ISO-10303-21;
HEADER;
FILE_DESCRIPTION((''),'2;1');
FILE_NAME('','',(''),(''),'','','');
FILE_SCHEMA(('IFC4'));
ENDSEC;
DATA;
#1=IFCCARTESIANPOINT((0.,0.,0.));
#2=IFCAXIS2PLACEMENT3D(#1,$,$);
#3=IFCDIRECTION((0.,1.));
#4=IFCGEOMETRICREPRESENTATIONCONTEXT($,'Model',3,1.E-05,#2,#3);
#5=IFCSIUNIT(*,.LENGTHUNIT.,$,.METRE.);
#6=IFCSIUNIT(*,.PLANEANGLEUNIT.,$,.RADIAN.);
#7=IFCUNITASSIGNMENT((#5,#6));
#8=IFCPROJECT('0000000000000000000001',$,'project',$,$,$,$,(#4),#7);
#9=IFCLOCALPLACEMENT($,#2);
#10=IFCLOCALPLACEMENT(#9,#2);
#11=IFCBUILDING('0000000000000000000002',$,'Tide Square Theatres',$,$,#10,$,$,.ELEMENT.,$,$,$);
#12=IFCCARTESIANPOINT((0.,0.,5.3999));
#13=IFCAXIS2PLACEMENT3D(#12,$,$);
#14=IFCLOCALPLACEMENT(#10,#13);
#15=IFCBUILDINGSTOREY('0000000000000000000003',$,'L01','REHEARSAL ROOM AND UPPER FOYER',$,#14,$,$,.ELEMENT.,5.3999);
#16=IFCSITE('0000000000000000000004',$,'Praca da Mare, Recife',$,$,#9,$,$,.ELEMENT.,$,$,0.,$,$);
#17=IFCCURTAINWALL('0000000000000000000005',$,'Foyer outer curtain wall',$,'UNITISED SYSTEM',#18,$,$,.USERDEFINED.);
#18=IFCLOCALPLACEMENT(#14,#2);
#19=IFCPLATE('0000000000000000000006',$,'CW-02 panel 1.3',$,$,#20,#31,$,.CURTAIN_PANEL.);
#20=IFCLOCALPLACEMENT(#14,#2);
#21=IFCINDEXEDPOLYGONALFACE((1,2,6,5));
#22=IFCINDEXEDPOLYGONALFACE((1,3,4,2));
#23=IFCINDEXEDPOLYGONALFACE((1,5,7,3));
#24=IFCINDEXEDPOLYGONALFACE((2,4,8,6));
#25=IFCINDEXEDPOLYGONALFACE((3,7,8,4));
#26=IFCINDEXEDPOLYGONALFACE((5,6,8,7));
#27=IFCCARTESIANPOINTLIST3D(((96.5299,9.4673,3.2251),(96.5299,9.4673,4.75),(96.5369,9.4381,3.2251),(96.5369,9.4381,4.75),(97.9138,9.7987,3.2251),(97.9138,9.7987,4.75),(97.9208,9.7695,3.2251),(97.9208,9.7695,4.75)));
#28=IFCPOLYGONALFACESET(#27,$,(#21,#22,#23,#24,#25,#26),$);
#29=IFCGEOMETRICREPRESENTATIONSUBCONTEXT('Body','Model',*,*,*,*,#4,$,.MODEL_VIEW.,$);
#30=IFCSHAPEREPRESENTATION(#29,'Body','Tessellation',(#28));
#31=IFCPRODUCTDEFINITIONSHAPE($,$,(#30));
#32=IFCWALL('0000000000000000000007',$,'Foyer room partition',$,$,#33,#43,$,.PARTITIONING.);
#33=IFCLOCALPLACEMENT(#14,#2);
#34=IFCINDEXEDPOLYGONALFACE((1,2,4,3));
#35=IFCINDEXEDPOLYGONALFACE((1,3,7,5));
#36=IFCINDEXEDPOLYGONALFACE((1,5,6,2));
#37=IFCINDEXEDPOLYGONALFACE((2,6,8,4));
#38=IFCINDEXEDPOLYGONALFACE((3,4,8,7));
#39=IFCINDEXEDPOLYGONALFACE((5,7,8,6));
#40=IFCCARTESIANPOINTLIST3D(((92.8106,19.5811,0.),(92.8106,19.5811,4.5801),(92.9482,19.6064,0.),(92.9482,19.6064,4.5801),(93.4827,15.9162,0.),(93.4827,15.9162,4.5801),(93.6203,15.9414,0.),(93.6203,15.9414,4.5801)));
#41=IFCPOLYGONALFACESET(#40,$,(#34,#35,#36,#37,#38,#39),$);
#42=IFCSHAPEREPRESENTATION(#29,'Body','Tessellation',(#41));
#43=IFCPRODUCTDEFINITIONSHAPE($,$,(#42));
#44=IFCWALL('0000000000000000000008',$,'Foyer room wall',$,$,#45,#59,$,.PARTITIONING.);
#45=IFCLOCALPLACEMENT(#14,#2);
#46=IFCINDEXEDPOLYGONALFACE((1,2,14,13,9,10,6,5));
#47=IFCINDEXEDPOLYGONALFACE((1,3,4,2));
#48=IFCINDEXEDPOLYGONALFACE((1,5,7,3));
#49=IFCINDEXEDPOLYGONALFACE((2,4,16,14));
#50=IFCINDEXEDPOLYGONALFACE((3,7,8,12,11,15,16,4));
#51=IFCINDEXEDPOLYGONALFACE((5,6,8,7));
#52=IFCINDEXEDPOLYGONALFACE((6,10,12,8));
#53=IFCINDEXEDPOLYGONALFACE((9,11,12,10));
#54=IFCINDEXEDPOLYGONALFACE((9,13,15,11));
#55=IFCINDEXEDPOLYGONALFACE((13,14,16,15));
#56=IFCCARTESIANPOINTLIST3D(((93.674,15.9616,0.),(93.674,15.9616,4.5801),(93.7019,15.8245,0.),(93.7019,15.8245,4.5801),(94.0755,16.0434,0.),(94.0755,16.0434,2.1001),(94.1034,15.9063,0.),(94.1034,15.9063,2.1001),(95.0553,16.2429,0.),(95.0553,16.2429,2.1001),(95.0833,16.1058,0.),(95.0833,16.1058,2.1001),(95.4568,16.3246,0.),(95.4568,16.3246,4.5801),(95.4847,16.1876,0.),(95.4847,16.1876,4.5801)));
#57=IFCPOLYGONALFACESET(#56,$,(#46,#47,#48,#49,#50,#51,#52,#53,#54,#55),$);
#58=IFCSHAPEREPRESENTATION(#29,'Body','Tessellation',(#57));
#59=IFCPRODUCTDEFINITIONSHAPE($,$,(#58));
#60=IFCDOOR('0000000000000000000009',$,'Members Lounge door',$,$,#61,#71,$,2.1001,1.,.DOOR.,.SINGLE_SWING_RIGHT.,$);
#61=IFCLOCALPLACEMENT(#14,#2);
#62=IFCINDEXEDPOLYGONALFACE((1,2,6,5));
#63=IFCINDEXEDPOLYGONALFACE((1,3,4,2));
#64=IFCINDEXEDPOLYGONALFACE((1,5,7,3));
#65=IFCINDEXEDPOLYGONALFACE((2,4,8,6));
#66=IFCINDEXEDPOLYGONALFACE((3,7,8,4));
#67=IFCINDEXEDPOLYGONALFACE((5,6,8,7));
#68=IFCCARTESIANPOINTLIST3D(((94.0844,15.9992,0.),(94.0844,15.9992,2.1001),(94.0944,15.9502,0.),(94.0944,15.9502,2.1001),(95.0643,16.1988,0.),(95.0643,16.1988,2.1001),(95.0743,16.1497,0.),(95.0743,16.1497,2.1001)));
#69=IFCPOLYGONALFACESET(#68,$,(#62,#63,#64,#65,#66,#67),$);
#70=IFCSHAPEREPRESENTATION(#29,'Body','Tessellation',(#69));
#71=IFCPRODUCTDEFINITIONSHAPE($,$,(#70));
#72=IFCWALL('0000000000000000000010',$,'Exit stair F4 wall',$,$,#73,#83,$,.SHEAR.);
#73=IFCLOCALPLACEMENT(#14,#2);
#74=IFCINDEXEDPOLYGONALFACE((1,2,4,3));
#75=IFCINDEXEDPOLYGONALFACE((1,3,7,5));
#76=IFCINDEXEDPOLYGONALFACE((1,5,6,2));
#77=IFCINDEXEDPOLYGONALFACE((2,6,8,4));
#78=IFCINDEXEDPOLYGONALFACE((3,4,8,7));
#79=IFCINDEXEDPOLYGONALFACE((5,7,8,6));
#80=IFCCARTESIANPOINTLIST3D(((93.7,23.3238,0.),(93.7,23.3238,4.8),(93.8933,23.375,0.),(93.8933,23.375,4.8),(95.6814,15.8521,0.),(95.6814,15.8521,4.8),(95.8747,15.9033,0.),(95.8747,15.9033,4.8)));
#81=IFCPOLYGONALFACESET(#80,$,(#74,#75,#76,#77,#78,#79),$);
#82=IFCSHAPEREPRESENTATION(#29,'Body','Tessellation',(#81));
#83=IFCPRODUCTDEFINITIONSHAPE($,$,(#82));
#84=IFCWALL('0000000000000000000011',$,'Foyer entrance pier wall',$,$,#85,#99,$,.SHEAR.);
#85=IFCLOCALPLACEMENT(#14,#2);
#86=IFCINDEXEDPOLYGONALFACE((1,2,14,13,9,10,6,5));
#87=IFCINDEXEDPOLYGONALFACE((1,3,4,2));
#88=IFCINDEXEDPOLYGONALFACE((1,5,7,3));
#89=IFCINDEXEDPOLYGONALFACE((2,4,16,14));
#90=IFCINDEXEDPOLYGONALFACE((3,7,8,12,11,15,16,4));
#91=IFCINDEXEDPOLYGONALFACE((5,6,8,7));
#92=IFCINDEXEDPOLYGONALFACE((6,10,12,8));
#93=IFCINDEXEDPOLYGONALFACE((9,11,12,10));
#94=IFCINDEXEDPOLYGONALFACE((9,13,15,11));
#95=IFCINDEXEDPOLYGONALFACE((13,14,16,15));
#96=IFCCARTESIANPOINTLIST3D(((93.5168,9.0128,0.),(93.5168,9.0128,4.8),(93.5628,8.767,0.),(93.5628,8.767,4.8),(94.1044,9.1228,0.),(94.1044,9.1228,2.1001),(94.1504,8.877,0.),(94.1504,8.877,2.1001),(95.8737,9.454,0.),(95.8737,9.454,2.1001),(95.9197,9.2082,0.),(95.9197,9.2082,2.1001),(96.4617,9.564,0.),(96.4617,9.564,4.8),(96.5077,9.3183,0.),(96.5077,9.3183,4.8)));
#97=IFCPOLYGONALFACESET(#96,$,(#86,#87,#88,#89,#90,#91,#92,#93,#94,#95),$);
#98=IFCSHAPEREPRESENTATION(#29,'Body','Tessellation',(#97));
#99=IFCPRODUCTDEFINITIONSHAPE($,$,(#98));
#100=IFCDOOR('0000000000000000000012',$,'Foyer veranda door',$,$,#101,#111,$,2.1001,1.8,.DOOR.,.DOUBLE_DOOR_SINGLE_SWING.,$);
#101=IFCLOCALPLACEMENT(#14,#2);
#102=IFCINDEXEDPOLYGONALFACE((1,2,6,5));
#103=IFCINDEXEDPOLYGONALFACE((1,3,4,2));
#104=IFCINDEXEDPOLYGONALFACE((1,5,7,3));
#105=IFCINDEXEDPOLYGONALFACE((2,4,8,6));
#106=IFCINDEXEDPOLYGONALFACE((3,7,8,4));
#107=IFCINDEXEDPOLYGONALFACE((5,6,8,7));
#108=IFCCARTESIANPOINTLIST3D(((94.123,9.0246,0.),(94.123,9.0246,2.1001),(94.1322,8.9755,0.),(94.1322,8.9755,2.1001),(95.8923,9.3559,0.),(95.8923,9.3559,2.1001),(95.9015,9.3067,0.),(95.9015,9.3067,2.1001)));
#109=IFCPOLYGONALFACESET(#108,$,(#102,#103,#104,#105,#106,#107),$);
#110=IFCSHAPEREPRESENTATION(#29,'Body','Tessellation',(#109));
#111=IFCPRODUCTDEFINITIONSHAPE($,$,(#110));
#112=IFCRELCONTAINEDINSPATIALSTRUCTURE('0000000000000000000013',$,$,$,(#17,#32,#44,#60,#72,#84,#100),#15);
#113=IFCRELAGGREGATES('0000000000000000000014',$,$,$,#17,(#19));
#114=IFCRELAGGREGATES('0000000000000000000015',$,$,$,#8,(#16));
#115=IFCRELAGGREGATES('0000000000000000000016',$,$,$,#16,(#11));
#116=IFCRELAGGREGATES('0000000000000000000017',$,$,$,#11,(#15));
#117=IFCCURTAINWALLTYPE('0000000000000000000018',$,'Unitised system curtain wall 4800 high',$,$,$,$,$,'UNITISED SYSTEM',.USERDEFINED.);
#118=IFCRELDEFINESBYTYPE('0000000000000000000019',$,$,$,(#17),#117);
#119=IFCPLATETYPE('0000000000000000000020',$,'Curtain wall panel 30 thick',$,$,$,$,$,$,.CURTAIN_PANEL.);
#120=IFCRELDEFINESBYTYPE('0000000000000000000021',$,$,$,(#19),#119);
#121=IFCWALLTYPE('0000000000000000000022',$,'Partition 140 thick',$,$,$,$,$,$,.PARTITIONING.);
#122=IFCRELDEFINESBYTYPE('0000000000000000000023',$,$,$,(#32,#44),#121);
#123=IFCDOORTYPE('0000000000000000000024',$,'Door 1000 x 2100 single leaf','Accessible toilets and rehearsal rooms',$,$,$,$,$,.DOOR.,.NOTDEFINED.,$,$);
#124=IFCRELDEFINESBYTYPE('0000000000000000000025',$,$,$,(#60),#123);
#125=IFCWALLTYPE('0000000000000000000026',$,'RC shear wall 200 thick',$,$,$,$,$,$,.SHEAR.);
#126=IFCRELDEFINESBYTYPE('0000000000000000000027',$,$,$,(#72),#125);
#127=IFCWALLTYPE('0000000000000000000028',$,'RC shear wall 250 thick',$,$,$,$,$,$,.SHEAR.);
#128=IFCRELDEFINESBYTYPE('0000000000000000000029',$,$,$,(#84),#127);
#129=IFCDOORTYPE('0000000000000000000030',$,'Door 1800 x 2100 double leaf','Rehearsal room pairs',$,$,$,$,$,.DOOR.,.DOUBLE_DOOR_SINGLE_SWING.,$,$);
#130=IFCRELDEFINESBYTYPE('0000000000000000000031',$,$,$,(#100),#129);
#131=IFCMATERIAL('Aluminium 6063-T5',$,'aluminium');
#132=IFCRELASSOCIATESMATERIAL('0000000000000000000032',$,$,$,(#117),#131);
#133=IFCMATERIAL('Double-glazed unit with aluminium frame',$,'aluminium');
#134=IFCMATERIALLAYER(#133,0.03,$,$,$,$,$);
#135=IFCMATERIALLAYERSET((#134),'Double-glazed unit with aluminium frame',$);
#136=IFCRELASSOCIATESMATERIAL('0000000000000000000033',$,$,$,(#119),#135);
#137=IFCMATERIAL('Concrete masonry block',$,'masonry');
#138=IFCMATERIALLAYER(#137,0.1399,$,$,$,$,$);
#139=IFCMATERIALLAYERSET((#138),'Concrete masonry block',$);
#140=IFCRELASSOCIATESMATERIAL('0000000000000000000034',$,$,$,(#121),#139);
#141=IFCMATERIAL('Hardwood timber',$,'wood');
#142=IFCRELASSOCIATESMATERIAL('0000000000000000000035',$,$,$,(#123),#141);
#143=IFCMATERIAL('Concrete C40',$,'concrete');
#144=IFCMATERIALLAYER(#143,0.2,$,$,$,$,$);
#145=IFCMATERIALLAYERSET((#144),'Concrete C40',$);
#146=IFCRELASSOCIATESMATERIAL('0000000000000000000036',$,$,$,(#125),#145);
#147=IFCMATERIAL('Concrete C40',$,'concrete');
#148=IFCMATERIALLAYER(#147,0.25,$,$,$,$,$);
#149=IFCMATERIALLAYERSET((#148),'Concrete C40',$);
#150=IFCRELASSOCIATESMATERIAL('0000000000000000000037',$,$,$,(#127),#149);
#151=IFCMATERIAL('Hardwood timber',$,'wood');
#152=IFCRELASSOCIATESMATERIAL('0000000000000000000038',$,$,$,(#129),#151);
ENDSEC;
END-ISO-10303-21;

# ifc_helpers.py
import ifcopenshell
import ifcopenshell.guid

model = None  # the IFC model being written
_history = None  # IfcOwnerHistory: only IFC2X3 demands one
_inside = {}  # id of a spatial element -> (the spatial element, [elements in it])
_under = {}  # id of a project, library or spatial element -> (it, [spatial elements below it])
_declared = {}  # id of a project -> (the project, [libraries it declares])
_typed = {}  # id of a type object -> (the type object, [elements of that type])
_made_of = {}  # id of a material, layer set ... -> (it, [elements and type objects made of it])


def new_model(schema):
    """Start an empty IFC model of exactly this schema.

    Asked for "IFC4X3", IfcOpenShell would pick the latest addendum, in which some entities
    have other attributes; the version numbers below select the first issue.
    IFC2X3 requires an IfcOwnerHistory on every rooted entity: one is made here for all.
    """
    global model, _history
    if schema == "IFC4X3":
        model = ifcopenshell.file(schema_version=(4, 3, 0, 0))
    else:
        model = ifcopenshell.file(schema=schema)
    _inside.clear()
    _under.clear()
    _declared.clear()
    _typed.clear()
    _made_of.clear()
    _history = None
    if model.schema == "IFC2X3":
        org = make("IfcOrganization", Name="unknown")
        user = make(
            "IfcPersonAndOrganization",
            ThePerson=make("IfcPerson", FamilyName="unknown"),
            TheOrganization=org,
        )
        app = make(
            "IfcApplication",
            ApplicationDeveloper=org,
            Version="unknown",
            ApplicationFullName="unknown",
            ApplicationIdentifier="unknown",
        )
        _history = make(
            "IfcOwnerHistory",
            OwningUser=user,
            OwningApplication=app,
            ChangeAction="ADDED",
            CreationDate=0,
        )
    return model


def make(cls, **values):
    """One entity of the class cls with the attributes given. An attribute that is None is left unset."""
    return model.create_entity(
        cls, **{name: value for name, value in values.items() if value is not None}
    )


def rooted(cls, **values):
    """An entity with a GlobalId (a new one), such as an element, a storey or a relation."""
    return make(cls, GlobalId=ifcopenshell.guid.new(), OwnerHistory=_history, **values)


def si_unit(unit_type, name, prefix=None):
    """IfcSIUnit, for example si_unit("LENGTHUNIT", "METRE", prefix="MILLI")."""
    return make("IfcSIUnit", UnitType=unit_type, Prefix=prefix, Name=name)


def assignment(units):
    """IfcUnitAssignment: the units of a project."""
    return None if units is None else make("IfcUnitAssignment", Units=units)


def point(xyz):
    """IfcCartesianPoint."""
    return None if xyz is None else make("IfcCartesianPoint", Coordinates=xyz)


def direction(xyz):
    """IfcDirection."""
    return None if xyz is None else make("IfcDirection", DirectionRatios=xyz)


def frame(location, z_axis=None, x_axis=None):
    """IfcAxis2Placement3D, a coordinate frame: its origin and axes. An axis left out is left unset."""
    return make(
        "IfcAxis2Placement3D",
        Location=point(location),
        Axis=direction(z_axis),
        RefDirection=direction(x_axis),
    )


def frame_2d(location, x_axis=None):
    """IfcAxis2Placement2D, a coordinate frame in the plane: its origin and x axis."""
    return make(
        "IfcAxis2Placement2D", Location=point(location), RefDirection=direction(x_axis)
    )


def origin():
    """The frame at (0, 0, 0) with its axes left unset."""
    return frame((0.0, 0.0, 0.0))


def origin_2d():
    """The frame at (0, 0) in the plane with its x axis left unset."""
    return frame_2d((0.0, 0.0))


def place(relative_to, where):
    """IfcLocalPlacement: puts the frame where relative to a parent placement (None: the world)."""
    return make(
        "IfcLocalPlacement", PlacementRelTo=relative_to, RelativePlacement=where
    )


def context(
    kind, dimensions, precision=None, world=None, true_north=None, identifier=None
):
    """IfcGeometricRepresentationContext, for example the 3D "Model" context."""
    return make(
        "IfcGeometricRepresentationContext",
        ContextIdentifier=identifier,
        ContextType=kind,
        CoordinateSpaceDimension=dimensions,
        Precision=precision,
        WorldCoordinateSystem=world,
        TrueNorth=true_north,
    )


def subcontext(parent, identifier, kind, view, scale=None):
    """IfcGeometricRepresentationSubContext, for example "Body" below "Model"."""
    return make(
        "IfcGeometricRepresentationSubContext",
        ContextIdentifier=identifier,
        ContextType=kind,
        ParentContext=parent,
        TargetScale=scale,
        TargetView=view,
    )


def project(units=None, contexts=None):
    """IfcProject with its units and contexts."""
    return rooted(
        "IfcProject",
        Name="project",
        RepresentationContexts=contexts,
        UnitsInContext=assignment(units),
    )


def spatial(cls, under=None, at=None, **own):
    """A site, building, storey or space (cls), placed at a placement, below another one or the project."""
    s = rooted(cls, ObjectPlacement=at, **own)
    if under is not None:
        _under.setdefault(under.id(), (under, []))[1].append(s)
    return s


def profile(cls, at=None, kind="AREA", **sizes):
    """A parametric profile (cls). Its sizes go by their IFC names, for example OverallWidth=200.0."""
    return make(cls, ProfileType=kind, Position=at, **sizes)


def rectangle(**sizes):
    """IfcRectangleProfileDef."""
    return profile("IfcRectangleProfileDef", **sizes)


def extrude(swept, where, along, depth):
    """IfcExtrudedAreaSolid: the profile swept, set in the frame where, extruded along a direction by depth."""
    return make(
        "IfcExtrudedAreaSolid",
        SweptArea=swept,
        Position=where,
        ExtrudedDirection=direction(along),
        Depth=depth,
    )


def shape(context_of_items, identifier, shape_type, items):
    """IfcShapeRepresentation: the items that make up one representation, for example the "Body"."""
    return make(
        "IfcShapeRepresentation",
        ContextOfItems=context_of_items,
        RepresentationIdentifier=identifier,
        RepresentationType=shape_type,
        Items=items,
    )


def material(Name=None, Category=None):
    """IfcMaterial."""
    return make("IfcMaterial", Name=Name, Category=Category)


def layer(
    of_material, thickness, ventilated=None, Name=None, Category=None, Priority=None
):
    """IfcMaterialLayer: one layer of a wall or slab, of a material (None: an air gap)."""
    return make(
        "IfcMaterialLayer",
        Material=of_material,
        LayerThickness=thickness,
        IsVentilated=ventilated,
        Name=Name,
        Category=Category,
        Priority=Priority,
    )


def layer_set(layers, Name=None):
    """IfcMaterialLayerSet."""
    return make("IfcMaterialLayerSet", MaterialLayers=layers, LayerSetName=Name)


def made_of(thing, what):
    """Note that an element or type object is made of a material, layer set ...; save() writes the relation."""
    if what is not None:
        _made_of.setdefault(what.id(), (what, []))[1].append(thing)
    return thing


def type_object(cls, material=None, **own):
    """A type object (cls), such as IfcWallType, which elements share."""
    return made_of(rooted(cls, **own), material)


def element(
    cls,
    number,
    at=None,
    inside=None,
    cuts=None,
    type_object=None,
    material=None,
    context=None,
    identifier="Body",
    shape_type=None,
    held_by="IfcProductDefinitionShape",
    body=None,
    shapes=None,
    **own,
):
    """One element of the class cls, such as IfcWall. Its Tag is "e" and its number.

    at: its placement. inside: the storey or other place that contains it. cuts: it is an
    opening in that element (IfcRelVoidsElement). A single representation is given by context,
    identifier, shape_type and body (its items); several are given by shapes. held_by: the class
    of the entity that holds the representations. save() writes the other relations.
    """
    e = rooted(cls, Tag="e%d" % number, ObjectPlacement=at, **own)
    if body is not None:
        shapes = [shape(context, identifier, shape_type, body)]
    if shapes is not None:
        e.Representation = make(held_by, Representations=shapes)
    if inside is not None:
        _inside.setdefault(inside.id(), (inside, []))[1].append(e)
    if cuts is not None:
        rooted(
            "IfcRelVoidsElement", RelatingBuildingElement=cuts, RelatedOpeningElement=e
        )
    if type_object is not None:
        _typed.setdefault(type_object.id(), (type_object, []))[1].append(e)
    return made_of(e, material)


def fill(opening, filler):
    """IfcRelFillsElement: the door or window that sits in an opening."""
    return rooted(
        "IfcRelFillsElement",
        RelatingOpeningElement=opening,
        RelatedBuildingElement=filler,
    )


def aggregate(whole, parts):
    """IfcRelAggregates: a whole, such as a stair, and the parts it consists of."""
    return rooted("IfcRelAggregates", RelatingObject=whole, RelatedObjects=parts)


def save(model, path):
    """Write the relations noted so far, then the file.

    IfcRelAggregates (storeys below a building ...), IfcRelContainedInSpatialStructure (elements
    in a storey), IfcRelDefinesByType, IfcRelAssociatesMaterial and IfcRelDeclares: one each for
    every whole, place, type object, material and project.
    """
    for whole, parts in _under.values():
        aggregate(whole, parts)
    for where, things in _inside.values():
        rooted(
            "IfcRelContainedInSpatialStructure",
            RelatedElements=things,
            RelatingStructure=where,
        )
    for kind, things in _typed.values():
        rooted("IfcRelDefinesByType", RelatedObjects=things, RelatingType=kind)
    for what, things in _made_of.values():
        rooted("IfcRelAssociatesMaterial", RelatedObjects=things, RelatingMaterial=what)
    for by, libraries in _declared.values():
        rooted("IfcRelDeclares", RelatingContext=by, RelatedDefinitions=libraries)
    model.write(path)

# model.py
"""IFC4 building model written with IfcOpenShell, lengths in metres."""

from ifc_helpers import new_model, si_unit, direction, frame, frame_2d, origin, origin_2d, place, context, subcontext, project, spatial, rectangle, extrude, material, layer, layer_set, type_object, element, fill, aggregate, save


model = new_model("IFC4")

# Units and contexts
model_context = context("Model", 3, precision=1e-05, world=origin(), true_north=direction((0.0, 1.0)))
body_context = subcontext(model_context, "Body", "Model", "MODEL_VIEW")
ifc_project = project(units=[si_unit("LENGTHUNIT", "METRE"), si_unit("PLANEANGLEUNIT", "RADIAN")], contexts=[model_context])

# Site, building, storey
site_placement = place(None, origin())
site = spatial("IfcSite", under=ifc_project, at=site_placement, Name="Praca da Mare, Recife", CompositionType="ELEMENT", RefElevation=0.0)
building_placement = place(site_placement, origin())
building = spatial("IfcBuilding", under=site, at=building_placement, Name="Tide Square Theatres", CompositionType="ELEMENT")
storey_placement = place(building_placement, frame((0.0, 0.0, 5.3999)))
storey = spatial("IfcBuildingStorey", under=building, at=storey_placement, Name="L01", Description="REHEARSAL ROOM AND UPPER FOYER", CompositionType="ELEMENT", Elevation=5.3999)

# Shared definitions
ifc_material_1 = material(Name="Aluminium 6063-T5", Category="aluminium")
curtain_wall_type = type_object("IfcCurtainWallType", Name="Unitised system curtain wall 4800 high", ElementType="UNITISED SYSTEM", PredefinedType="USERDEFINED", material=ifc_material_1)

# Curtain wall
curtain_wall_1_placement = place(storey_placement, origin())
curtain_wall_1 = element("IfcCurtainWall", 1, at=curtain_wall_1_placement, inside=storey, type_object=curtain_wall_type, Name="Foyer outer curtain wall", ObjectType="UNITISED SYSTEM", PredefinedType="USERDEFINED")

# Plate
ifc_material_2 = material(Name="Double-glazed unit with aluminium frame", Category="aluminium")
ifc_layer_1 = layer(ifc_material_2, 0.03)
ifc_layer_set_1 = layer_set([ifc_layer_1], Name="Double-glazed unit with aluminium frame")
plate_type = type_object("IfcPlateType", Name="Curtain wall panel 30 thick", PredefinedType="CURTAIN_PANEL", material=ifc_layer_set_1)
plate_1_placement = place(storey_placement, frame((97.2253, 9.6184, 3.2251), z_axis=(0.0, 0.0, 1.0), x_axis=(0.972498, 0.232911, 0.0)))
plate_1 = element("IfcPlate", 2, at=plate_1_placement, type_object=plate_type, Name="CW-02 panel 1.3", PredefinedType="CURTAIN_PANEL", context=body_context, shape_type="SweptSolid", body=[
    extrude(rectangle(XDim=1.4231, YDim=0.03, at=origin_2d()), origin(), (0.0, 0.0, 1.0), 1.5249),
])
aggregate(curtain_wall_1, [plate_1])

# Wall
ifc_material_3 = material(Name="Concrete masonry block", Category="masonry")
ifc_layer_2 = layer(ifc_material_3, 0.1399)
ifc_layer_set_2 = layer_set([ifc_layer_2], Name="Concrete masonry block")
wall_type_1 = type_object("IfcWallType", Name="Partition 140 thick", PredefinedType="PARTITIONING", material=ifc_layer_set_2)
wall_1_placement = place(storey_placement, frame((92.8794, 19.5938, 0.0), z_axis=(0.0, 0.0, 1.0), x_axis=(0.180379, -0.983597, 0.0)))
element("IfcWall", 3, at=wall_1_placement, inside=storey, type_object=wall_type_1, Name="Foyer room partition", PredefinedType="PARTITIONING", context=body_context, shape_type="SweptSolid", body=[
    extrude(rectangle(XDim=3.7261, YDim=0.1399, at=frame_2d((1.863, 0.0))), origin(), (0.0, 0.0, 1.0), 4.5801),
])

# Wall, opening, door
wall_2_placement = place(storey_placement, frame((93.688, 15.8931, 0.0), z_axis=(0.0, 0.0, 1.0), x_axis=(0.979888, 0.199547, 0.0)))
wall_2 = element("IfcWall", 4, at=wall_2_placement, inside=storey, type_object=wall_type_1, Name="Foyer room wall", PredefinedType="PARTITIONING", context=body_context, shape_type="SweptSolid", body=[
    extrude(rectangle(XDim=1.8193, YDim=0.1399, at=frame_2d((0.9097, 0.0))), origin(), (0.0, 0.0, 1.0), 4.5801),
])
opening_1_placement = place(wall_2_placement, frame((0.4097, 0.0, 0.0)))
opening_1 = element("IfcOpeningElement", 5, at=opening_1_placement, cuts=wall_2, PredefinedType="OPENING", context=body_context, shape_type="SweptSolid", body=[
    extrude(rectangle(XDim=1.0, YDim=2.1001, at=frame_2d((0.5, 1.05))), frame((0.0, 0.0798, 0.0), z_axis=(0.0, -1.0, 0.0), x_axis=(1.0, 0.0, 0.0)), (0.0, 0.0, 1.0), 0.1599),
])
ifc_material_4 = material(Name="Hardwood timber", Category="wood")
door_type_1 = type_object("IfcDoorType", Name="Door 1000 x 2100 single leaf", Description="Accessible toilets and rehearsal rooms", OperationType="NOTDEFINED", PredefinedType="DOOR", material=ifc_material_4)
door_1_placement = place(opening_1_placement, origin())
door_1 = element("IfcDoor", 6, at=door_1_placement, inside=storey, type_object=door_type_1, Name="Members Lounge door", OperationType="SINGLE_SWING_RIGHT", OverallHeight=2.1001, OverallWidth=1.0, PredefinedType="DOOR", context=body_context, shape_type="SweptSolid", body=[
    extrude(rectangle(XDim=1.0, YDim=2.1001, at=frame_2d((0.5, 1.05))), frame((0.0, 0.0249, 0.0), z_axis=(0.0, -1.0, 0.0), x_axis=(1.0, 0.0, 0.0)), (0.0, 0.0, 1.0), 0.05),
])
fill(opening_1, door_1)

# Wall
ifc_material_5 = material(Name="Concrete C40", Category="concrete")
ifc_layer_3 = layer(ifc_material_5, 0.2)
ifc_layer_set_3 = layer_set([ifc_layer_3], Name="Concrete C40")
wall_type_2 = type_object("IfcWallType", Name="RC shear wall 200 thick", PredefinedType="SHEAR", material=ifc_layer_set_3)
wall_3_placement = place(storey_placement, frame((95.7781, 15.8777, 0.0), z_axis=(0.0, 0.0, 1.0), x_axis=(-0.256334, 0.966588, 0.0)))
element("IfcWall", 7, at=wall_3_placement, inside=storey, type_object=wall_type_2, Name="Exit stair F4 wall", PredefinedType="SHEAR", context=body_context, shape_type="SweptSolid", body=[
    extrude(rectangle(XDim=7.73, YDim=0.2, at=frame_2d((3.865, 0.0))), origin(), (0.0, 0.0, 1.0), 4.8),
])

# Wall, opening, door
ifc_material_6 = material(Name="Concrete C40", Category="concrete")
ifc_layer_4 = layer(ifc_material_6, 0.25)
ifc_layer_set_4 = layer_set([ifc_layer_4], Name="Concrete C40")
wall_type_3 = type_object("IfcWallType", Name="RC shear wall 250 thick", PredefinedType="SHEAR", material=ifc_layer_set_4)
wall_4_placement = place(storey_placement, frame((93.5398, 8.8899, 0.0), z_axis=(0.0, 0.0, 1.0), x_axis=(0.982926, 0.184003, 0.0)))
wall_4 = element("IfcWall", 8, at=wall_4_placement, inside=storey, type_object=wall_type_3, Name="Foyer entrance pier wall", PredefinedType="SHEAR", context=body_context, shape_type="SweptSolid", body=[
    extrude(rectangle(XDim=2.9961, YDim=0.25, at=frame_2d((1.498, 0.0))), origin(), (0.0, 0.0, 1.0), 4.8),
])
opening_2_placement = place(wall_4_placement, frame((0.5979, 0.0, 0.0)))
opening_2 = element("IfcOpeningElement", 9, at=opening_2_placement, cuts=wall_4, PredefinedType="OPENING", context=body_context, shape_type="SweptSolid", body=[
    extrude(rectangle(XDim=1.8, YDim=2.1001, at=frame_2d((0.8999, 1.05))), frame((0.0, 0.135, 0.0), z_axis=(0.0, -1.0, 0.0), x_axis=(1.0, 0.0, 0.0)), (0.0, 0.0, 1.0), 0.27),
])
ifc_material_7 = material(Name="Hardwood timber", Category="wood")
door_type_2 = type_object("IfcDoorType", Name="Door 1800 x 2100 double leaf", Description="Rehearsal room pairs", OperationType="DOUBLE_DOOR_SINGLE_SWING", PredefinedType="DOOR", material=ifc_material_7)
door_2_placement = place(opening_2_placement, frame((1.8, 0.0, 0.0), z_axis=(0.0, 0.0, 1.0), x_axis=(-1.0, 0.0, 0.0)))
door_2 = element("IfcDoor", 10, at=door_2_placement, inside=storey, type_object=door_type_2, Name="Foyer veranda door", OperationType="DOUBLE_DOOR_SINGLE_SWING", OverallHeight=2.1001, OverallWidth=1.8, PredefinedType="DOOR", context=body_context, shape_type="SweptSolid", body=[
    extrude(rectangle(XDim=1.8, YDim=2.1001, at=frame_2d((0.8999, 1.05))), frame((0.0, 0.0249, 0.0), z_axis=(0.0, -1.0, 0.0), x_axis=(1.0, 0.0, 0.0)), (0.0, 0.0, 1.0), 0.05),
])
fill(opening_2, door_2)

save(model, "model.ifc")
